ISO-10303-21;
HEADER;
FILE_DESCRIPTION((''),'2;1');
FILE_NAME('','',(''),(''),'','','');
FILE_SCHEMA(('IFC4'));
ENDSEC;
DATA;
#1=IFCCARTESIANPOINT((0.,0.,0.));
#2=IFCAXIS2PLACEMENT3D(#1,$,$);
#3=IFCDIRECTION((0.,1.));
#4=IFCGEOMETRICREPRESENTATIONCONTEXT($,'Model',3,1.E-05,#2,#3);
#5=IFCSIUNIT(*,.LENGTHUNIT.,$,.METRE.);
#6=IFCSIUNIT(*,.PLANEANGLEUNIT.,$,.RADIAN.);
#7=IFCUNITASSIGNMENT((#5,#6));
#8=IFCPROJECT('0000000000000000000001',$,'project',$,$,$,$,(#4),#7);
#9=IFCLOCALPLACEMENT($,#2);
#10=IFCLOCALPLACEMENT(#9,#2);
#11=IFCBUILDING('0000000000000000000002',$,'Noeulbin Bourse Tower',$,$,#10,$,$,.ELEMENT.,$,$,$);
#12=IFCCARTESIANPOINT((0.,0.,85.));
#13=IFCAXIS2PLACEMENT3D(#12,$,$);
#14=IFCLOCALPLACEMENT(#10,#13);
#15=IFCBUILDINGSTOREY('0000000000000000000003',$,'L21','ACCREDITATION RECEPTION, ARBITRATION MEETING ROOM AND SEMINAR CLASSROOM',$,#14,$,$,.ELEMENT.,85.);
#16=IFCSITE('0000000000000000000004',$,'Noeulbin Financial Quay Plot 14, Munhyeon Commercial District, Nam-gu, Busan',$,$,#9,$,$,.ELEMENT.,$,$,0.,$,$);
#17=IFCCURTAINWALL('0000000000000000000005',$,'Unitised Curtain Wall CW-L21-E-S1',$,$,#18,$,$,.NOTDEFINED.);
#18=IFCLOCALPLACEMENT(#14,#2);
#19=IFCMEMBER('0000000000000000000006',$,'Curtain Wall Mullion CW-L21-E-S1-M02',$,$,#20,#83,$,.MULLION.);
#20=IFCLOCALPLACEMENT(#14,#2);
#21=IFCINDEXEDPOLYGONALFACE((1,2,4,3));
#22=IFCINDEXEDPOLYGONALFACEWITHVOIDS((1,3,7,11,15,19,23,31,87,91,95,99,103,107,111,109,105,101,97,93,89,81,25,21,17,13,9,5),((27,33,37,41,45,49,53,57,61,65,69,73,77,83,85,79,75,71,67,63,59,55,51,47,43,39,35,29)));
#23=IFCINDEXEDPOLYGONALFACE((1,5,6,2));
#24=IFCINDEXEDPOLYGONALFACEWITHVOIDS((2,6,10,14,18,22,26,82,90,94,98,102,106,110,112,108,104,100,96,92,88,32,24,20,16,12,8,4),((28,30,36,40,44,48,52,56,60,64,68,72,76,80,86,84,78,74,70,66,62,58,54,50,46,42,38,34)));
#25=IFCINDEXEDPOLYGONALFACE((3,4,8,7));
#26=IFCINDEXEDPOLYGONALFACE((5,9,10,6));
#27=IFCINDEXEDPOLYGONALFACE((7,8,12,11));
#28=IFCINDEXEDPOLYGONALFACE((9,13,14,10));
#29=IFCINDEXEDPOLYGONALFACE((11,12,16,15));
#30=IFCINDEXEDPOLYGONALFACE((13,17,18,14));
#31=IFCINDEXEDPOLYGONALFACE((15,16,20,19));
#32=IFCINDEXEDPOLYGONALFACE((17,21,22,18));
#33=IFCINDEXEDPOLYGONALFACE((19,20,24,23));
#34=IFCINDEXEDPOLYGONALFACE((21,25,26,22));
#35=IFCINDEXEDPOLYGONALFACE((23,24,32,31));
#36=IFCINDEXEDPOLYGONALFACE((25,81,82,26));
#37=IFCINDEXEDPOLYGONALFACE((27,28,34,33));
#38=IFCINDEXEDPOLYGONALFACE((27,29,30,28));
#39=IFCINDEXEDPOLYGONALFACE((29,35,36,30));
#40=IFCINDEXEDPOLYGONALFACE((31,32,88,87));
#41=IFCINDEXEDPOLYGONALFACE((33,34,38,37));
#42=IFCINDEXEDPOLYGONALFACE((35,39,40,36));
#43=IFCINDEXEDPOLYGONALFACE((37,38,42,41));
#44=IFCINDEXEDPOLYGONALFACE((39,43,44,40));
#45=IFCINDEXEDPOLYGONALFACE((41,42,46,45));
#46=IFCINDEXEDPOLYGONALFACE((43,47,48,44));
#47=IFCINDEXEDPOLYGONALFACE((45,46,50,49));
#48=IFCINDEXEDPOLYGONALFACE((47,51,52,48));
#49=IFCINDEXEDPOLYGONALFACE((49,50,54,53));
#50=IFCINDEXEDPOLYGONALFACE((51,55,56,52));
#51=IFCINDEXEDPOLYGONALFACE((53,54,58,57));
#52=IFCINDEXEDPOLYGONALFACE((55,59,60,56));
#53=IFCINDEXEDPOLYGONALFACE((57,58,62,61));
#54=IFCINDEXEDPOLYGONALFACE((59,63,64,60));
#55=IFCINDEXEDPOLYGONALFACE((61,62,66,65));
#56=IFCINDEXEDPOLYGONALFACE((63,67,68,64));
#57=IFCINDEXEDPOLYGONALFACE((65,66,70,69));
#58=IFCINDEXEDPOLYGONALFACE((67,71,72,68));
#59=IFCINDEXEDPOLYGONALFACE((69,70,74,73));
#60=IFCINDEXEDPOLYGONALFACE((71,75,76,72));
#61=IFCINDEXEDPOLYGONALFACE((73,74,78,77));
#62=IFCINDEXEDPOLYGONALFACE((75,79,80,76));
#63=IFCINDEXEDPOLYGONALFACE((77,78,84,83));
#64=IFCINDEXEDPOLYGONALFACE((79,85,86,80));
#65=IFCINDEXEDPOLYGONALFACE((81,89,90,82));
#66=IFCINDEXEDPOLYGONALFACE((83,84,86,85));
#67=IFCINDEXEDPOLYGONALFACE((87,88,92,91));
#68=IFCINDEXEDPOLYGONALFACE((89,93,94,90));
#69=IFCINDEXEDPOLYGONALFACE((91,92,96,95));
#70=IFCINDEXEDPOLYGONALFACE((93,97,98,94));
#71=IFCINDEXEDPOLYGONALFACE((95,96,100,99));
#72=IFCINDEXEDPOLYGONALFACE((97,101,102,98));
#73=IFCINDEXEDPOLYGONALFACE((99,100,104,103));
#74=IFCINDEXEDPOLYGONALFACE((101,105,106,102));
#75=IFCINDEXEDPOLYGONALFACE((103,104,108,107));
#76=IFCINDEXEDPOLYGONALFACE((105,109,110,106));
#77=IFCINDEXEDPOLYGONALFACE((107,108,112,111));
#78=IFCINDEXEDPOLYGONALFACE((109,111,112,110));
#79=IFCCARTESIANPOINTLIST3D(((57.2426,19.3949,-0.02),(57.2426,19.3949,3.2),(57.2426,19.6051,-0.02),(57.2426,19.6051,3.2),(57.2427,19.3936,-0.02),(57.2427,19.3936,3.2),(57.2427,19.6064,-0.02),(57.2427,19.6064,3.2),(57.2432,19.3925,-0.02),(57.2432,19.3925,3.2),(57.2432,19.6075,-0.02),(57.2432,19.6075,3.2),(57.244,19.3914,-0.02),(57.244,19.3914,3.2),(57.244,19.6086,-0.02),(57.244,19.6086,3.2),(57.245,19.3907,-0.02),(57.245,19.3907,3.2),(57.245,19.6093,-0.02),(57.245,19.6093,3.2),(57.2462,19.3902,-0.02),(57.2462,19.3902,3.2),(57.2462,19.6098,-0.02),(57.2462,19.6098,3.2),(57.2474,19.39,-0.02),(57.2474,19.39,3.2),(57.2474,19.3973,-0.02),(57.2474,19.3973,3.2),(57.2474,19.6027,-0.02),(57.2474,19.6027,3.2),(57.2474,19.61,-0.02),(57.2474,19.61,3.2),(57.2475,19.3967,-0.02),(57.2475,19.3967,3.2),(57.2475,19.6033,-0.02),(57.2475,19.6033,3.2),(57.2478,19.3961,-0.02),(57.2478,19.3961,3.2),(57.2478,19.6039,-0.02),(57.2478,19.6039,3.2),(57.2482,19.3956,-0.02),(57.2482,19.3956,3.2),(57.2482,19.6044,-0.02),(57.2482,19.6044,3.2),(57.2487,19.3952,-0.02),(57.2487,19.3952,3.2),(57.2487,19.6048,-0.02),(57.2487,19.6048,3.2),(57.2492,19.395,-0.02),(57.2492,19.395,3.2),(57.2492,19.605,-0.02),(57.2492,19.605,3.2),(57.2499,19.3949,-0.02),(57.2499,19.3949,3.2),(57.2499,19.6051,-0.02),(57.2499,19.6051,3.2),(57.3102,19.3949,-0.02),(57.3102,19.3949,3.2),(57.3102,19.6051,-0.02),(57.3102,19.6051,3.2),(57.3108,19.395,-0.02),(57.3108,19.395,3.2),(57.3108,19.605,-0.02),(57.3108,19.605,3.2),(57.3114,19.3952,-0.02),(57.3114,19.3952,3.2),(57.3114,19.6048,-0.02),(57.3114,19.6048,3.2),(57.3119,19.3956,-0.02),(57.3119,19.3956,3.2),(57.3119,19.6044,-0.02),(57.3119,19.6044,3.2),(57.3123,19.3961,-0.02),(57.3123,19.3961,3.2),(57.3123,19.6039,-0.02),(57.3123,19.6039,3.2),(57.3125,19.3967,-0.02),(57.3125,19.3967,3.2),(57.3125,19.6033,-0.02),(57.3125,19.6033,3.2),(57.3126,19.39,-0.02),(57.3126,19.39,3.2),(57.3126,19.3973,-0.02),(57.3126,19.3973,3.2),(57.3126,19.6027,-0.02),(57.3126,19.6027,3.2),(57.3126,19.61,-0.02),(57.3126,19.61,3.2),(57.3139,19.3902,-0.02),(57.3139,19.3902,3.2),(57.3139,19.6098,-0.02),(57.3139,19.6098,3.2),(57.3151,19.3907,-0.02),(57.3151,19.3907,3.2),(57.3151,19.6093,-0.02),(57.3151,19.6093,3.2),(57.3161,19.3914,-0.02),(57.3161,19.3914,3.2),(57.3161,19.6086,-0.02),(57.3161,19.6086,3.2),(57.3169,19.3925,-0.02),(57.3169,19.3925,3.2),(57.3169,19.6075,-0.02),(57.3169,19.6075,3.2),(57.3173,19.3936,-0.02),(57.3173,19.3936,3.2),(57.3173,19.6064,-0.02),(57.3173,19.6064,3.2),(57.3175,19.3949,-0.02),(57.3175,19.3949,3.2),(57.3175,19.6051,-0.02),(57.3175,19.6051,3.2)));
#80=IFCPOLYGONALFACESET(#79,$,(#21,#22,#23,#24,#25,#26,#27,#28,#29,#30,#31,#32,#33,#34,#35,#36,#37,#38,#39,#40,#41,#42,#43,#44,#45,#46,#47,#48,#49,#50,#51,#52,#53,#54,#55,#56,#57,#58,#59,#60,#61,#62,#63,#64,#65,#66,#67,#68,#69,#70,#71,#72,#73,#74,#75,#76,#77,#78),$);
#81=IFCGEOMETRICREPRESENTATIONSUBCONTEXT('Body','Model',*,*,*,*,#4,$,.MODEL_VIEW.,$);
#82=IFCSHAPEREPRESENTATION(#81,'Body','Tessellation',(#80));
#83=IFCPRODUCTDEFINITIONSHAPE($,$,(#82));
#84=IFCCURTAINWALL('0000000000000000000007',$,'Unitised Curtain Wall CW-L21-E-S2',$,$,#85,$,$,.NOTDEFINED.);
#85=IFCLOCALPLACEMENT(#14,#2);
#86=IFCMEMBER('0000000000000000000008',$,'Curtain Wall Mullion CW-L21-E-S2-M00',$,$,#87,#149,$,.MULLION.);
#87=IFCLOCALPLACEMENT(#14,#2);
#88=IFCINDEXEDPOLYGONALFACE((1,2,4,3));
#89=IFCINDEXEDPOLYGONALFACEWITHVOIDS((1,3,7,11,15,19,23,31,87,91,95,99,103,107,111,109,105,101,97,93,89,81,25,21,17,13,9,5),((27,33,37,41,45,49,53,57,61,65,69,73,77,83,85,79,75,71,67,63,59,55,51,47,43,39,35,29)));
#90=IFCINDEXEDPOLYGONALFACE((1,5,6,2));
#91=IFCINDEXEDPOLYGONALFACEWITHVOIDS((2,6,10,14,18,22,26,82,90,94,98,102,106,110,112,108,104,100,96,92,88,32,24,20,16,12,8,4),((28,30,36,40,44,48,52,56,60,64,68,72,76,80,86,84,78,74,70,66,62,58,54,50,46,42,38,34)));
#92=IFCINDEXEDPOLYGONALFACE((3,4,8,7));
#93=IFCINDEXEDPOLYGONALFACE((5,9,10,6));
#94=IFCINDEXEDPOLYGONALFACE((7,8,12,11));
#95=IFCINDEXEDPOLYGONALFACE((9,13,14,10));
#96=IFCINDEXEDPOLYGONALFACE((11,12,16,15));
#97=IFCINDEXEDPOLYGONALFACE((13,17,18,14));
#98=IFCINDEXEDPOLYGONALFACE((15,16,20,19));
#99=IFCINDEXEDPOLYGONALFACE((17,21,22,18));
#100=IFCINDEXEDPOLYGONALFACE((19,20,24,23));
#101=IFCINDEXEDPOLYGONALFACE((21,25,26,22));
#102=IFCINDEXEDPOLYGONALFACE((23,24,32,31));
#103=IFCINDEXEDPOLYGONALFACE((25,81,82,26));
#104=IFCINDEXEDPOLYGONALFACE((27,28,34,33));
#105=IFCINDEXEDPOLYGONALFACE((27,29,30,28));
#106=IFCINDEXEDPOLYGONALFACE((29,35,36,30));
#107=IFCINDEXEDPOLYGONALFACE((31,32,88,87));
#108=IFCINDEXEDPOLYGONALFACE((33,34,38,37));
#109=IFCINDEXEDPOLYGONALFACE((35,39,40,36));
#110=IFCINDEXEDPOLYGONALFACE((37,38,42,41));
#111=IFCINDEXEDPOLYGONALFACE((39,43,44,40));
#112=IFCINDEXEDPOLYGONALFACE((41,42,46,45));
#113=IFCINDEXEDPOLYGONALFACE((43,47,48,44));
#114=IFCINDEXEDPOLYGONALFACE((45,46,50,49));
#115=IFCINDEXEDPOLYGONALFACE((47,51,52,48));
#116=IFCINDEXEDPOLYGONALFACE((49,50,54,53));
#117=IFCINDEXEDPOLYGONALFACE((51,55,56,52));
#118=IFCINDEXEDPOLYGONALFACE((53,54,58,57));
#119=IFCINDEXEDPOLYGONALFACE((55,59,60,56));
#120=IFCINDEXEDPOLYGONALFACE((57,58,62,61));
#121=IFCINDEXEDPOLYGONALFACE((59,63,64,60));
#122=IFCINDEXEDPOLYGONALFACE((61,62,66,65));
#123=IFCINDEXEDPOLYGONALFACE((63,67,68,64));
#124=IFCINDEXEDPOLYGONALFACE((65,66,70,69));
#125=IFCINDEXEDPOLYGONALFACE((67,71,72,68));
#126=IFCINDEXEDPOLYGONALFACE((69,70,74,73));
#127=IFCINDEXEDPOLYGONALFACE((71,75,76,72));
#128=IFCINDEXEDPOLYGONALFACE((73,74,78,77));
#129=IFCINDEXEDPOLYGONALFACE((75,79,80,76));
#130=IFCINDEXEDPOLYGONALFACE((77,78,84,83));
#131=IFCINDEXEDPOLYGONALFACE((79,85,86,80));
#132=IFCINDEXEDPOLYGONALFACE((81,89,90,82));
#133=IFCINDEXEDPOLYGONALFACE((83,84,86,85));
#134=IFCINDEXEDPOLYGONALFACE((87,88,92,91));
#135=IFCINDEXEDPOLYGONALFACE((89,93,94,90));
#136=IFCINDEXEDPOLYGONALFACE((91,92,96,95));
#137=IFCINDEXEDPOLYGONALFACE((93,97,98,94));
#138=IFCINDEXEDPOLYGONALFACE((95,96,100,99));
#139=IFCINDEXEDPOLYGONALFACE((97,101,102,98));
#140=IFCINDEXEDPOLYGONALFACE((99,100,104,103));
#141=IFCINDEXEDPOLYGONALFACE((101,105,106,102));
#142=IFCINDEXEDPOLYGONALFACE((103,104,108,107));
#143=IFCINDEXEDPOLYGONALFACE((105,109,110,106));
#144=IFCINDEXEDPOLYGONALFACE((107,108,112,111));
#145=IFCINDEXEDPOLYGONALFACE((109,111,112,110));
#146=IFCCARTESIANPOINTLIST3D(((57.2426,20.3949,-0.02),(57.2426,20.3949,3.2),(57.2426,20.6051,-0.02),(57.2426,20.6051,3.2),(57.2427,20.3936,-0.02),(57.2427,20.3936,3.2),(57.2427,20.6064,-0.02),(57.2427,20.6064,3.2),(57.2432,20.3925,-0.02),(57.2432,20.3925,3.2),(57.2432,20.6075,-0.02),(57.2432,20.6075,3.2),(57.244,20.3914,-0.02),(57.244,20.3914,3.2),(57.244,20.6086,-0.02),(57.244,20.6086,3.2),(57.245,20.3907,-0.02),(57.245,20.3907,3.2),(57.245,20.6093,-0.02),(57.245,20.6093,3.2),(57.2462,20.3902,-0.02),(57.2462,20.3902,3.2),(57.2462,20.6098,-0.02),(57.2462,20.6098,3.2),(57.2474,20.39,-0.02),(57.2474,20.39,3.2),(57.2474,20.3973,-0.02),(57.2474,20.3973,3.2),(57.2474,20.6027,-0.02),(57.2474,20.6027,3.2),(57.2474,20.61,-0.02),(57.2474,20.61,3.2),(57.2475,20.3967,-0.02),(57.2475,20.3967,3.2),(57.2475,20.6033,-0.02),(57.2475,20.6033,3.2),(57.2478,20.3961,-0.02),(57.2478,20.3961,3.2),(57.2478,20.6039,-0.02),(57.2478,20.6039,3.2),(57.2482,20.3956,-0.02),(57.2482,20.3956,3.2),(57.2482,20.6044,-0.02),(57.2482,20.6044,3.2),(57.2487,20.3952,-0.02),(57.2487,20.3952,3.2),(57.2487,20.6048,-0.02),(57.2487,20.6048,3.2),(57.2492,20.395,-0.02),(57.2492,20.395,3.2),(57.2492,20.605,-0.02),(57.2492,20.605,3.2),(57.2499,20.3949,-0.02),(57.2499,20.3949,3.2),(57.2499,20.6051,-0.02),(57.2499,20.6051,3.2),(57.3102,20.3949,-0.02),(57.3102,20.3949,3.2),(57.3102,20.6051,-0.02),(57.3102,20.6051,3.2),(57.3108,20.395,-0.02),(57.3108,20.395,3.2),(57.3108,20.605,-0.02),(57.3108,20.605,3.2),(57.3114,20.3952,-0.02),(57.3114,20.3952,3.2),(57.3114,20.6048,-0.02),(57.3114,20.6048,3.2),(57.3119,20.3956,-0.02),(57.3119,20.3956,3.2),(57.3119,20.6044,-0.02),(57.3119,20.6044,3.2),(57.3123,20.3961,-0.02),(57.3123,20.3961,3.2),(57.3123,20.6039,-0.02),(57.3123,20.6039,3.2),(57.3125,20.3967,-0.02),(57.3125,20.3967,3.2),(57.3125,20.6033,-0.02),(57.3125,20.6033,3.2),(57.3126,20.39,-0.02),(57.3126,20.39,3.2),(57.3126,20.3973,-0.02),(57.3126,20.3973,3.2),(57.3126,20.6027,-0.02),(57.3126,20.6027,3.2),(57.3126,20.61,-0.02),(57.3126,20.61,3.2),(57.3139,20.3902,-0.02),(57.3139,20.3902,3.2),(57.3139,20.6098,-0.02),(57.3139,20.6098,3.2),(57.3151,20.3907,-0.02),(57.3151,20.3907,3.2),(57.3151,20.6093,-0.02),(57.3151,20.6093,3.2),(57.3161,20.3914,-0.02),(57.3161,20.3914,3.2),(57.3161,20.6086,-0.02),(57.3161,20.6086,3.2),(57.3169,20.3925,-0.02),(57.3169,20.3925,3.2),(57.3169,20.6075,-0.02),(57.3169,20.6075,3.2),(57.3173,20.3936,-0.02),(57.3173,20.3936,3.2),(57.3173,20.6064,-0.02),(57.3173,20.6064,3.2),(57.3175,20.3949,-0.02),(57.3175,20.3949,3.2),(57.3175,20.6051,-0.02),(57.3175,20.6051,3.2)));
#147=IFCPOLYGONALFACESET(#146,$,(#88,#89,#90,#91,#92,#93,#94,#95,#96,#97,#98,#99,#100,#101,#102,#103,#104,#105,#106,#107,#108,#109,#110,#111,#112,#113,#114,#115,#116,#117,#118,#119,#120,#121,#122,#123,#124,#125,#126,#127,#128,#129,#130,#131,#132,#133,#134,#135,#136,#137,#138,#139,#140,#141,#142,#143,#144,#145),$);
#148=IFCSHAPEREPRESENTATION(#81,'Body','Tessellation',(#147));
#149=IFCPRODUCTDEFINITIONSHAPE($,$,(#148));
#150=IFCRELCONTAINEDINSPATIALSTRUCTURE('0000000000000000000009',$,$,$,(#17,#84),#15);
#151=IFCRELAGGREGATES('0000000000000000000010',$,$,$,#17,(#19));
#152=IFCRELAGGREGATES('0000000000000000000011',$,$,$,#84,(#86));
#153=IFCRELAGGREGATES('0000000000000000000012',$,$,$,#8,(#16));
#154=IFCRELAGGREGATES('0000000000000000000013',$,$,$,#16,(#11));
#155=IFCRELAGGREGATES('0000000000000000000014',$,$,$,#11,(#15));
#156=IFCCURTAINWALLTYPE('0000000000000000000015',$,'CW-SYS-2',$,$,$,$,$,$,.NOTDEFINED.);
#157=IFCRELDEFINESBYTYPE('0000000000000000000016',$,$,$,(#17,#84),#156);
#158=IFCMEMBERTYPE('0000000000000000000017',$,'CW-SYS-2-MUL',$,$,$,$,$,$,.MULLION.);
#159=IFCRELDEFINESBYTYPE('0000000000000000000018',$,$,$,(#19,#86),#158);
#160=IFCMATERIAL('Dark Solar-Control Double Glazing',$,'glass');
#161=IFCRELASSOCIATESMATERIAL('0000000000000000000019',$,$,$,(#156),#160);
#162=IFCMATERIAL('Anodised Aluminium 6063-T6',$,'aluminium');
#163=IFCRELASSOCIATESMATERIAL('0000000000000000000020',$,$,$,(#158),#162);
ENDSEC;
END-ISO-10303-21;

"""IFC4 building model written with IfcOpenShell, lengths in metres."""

from ifc_helpers import new_model, si_unit, direction, frame, origin, origin_2d, place, context, subcontext, project, spatial, hollow_rectangle, extrude, material, material_profile, profile_set, type_object, element, aggregate, save


model = new_model("IFC4")

# Units and contexts
model_context = context("Model", 3, precision=1e-05, world=origin(), true_north=direction((0.0, 1.0)))
body_context = subcontext(model_context, "Body", "Model", "MODEL_VIEW")
ifc_project = project(units=[si_unit("LENGTHUNIT", "METRE"), si_unit("PLANEANGLEUNIT", "RADIAN")], contexts=[model_context])

# Site, building, storey
site_placement = place(None, origin())
site = spatial("IfcSite", under=ifc_project, at=site_placement, Name="Noeulbin Financial Quay Plot 14, Munhyeon Commercial District, Nam-gu, Busan", CompositionType="ELEMENT", RefElevation=0.0)
building_placement = place(site_placement, origin())
building = spatial("IfcBuilding", under=site, at=building_placement, Name="Noeulbin Bourse Tower", CompositionType="ELEMENT")
storey_placement = place(building_placement, frame((0.0, 0.0, 85.0)))
storey = spatial("IfcBuildingStorey", under=building, at=storey_placement, Name="L21", Description="ACCREDITATION RECEPTION, ARBITRATION MEETING ROOM AND SEMINAR CLASSROOM", CompositionType="ELEMENT", Elevation=85.0)

# Shared definitions
ifc_material_1 = material(Name="Dark Solar-Control Double Glazing", Category="glass")
curtain_wall_type = type_object("IfcCurtainWallType", Name="CW-SYS-2", PredefinedType="NOTDEFINED", material=ifc_material_1)
ifc_material_2 = material(Name="Anodised Aluminium 6063-T6", Category="aluminium")
ifc_material_profile_1 = material_profile(ifc_material_2, hollow_rectangle(XDim=0.075, YDim=0.22, WallThickness=0.0049, InnerFilletRadius=0.0024, OuterFilletRadius=0.0049, at=origin_2d()), Name="ALU-MULL-75x220x5", Category="LoadBearing")
ifc_profile_set_1 = profile_set([ifc_material_profile_1], Name="Anodised Aluminium 6063-T6")
member_type_1 = type_object("IfcMemberType", Name="CW-SYS-2-MUL", PredefinedType="MULLION", material=ifc_profile_set_1)

# Curtain wall, member
curtain_wall_1_placement = place(storey_placement, origin())
curtain_wall_1 = element("IfcCurtainWall", 1, at=curtain_wall_1_placement, inside=storey, type_object=curtain_wall_type, Name="Unitised Curtain Wall CW-L21-E-S1", PredefinedType="NOTDEFINED")
member_1_placement = place(storey_placement, frame((57.28, 19.5, -0.02), z_axis=(0.0, 0.0, 1.0), x_axis=(1.0, 0.0, 0.0)))
member_1 = element("IfcMember", 2, at=member_1_placement, type_object=member_type_1, Name="Curtain Wall Mullion CW-L21-E-S1-M02", PredefinedType="MULLION", context=body_context, shape_type="SweptSolid", body=[
    extrude(hollow_rectangle(XDim=0.075, YDim=0.22, WallThickness=0.0049, InnerFilletRadius=0.0024, OuterFilletRadius=0.0049, at=origin_2d()), origin(), (0.0, 0.0, 1.0), 3.22),
])

# Curtain wall, member
curtain_wall_2_placement = place(storey_placement, origin())
curtain_wall_2 = element("IfcCurtainWall", 3, at=curtain_wall_2_placement, inside=storey, type_object=curtain_wall_type, Name="Unitised Curtain Wall CW-L21-E-S2", PredefinedType="NOTDEFINED")
member_2_placement = place(storey_placement, frame((57.28, 20.5, -0.02), z_axis=(0.0, 0.0, 1.0), x_axis=(1.0, 0.0, 0.0)))
member_2 = element("IfcMember", 4, at=member_2_placement, type_object=member_type_1, Name="Curtain Wall Mullion CW-L21-E-S2-M00", PredefinedType="MULLION", context=body_context, shape_type="SweptSolid", body=[
    extrude(hollow_rectangle(XDim=0.075, YDim=0.22, WallThickness=0.0049, InnerFilletRadius=0.0024, OuterFilletRadius=0.0049, at=origin_2d()), origin(), (0.0, 0.0, 1.0), 3.22),
])

aggregate(curtain_wall_1, [member_1])
aggregate(curtain_wall_2, [member_2])

save(model, "model.ifc")
